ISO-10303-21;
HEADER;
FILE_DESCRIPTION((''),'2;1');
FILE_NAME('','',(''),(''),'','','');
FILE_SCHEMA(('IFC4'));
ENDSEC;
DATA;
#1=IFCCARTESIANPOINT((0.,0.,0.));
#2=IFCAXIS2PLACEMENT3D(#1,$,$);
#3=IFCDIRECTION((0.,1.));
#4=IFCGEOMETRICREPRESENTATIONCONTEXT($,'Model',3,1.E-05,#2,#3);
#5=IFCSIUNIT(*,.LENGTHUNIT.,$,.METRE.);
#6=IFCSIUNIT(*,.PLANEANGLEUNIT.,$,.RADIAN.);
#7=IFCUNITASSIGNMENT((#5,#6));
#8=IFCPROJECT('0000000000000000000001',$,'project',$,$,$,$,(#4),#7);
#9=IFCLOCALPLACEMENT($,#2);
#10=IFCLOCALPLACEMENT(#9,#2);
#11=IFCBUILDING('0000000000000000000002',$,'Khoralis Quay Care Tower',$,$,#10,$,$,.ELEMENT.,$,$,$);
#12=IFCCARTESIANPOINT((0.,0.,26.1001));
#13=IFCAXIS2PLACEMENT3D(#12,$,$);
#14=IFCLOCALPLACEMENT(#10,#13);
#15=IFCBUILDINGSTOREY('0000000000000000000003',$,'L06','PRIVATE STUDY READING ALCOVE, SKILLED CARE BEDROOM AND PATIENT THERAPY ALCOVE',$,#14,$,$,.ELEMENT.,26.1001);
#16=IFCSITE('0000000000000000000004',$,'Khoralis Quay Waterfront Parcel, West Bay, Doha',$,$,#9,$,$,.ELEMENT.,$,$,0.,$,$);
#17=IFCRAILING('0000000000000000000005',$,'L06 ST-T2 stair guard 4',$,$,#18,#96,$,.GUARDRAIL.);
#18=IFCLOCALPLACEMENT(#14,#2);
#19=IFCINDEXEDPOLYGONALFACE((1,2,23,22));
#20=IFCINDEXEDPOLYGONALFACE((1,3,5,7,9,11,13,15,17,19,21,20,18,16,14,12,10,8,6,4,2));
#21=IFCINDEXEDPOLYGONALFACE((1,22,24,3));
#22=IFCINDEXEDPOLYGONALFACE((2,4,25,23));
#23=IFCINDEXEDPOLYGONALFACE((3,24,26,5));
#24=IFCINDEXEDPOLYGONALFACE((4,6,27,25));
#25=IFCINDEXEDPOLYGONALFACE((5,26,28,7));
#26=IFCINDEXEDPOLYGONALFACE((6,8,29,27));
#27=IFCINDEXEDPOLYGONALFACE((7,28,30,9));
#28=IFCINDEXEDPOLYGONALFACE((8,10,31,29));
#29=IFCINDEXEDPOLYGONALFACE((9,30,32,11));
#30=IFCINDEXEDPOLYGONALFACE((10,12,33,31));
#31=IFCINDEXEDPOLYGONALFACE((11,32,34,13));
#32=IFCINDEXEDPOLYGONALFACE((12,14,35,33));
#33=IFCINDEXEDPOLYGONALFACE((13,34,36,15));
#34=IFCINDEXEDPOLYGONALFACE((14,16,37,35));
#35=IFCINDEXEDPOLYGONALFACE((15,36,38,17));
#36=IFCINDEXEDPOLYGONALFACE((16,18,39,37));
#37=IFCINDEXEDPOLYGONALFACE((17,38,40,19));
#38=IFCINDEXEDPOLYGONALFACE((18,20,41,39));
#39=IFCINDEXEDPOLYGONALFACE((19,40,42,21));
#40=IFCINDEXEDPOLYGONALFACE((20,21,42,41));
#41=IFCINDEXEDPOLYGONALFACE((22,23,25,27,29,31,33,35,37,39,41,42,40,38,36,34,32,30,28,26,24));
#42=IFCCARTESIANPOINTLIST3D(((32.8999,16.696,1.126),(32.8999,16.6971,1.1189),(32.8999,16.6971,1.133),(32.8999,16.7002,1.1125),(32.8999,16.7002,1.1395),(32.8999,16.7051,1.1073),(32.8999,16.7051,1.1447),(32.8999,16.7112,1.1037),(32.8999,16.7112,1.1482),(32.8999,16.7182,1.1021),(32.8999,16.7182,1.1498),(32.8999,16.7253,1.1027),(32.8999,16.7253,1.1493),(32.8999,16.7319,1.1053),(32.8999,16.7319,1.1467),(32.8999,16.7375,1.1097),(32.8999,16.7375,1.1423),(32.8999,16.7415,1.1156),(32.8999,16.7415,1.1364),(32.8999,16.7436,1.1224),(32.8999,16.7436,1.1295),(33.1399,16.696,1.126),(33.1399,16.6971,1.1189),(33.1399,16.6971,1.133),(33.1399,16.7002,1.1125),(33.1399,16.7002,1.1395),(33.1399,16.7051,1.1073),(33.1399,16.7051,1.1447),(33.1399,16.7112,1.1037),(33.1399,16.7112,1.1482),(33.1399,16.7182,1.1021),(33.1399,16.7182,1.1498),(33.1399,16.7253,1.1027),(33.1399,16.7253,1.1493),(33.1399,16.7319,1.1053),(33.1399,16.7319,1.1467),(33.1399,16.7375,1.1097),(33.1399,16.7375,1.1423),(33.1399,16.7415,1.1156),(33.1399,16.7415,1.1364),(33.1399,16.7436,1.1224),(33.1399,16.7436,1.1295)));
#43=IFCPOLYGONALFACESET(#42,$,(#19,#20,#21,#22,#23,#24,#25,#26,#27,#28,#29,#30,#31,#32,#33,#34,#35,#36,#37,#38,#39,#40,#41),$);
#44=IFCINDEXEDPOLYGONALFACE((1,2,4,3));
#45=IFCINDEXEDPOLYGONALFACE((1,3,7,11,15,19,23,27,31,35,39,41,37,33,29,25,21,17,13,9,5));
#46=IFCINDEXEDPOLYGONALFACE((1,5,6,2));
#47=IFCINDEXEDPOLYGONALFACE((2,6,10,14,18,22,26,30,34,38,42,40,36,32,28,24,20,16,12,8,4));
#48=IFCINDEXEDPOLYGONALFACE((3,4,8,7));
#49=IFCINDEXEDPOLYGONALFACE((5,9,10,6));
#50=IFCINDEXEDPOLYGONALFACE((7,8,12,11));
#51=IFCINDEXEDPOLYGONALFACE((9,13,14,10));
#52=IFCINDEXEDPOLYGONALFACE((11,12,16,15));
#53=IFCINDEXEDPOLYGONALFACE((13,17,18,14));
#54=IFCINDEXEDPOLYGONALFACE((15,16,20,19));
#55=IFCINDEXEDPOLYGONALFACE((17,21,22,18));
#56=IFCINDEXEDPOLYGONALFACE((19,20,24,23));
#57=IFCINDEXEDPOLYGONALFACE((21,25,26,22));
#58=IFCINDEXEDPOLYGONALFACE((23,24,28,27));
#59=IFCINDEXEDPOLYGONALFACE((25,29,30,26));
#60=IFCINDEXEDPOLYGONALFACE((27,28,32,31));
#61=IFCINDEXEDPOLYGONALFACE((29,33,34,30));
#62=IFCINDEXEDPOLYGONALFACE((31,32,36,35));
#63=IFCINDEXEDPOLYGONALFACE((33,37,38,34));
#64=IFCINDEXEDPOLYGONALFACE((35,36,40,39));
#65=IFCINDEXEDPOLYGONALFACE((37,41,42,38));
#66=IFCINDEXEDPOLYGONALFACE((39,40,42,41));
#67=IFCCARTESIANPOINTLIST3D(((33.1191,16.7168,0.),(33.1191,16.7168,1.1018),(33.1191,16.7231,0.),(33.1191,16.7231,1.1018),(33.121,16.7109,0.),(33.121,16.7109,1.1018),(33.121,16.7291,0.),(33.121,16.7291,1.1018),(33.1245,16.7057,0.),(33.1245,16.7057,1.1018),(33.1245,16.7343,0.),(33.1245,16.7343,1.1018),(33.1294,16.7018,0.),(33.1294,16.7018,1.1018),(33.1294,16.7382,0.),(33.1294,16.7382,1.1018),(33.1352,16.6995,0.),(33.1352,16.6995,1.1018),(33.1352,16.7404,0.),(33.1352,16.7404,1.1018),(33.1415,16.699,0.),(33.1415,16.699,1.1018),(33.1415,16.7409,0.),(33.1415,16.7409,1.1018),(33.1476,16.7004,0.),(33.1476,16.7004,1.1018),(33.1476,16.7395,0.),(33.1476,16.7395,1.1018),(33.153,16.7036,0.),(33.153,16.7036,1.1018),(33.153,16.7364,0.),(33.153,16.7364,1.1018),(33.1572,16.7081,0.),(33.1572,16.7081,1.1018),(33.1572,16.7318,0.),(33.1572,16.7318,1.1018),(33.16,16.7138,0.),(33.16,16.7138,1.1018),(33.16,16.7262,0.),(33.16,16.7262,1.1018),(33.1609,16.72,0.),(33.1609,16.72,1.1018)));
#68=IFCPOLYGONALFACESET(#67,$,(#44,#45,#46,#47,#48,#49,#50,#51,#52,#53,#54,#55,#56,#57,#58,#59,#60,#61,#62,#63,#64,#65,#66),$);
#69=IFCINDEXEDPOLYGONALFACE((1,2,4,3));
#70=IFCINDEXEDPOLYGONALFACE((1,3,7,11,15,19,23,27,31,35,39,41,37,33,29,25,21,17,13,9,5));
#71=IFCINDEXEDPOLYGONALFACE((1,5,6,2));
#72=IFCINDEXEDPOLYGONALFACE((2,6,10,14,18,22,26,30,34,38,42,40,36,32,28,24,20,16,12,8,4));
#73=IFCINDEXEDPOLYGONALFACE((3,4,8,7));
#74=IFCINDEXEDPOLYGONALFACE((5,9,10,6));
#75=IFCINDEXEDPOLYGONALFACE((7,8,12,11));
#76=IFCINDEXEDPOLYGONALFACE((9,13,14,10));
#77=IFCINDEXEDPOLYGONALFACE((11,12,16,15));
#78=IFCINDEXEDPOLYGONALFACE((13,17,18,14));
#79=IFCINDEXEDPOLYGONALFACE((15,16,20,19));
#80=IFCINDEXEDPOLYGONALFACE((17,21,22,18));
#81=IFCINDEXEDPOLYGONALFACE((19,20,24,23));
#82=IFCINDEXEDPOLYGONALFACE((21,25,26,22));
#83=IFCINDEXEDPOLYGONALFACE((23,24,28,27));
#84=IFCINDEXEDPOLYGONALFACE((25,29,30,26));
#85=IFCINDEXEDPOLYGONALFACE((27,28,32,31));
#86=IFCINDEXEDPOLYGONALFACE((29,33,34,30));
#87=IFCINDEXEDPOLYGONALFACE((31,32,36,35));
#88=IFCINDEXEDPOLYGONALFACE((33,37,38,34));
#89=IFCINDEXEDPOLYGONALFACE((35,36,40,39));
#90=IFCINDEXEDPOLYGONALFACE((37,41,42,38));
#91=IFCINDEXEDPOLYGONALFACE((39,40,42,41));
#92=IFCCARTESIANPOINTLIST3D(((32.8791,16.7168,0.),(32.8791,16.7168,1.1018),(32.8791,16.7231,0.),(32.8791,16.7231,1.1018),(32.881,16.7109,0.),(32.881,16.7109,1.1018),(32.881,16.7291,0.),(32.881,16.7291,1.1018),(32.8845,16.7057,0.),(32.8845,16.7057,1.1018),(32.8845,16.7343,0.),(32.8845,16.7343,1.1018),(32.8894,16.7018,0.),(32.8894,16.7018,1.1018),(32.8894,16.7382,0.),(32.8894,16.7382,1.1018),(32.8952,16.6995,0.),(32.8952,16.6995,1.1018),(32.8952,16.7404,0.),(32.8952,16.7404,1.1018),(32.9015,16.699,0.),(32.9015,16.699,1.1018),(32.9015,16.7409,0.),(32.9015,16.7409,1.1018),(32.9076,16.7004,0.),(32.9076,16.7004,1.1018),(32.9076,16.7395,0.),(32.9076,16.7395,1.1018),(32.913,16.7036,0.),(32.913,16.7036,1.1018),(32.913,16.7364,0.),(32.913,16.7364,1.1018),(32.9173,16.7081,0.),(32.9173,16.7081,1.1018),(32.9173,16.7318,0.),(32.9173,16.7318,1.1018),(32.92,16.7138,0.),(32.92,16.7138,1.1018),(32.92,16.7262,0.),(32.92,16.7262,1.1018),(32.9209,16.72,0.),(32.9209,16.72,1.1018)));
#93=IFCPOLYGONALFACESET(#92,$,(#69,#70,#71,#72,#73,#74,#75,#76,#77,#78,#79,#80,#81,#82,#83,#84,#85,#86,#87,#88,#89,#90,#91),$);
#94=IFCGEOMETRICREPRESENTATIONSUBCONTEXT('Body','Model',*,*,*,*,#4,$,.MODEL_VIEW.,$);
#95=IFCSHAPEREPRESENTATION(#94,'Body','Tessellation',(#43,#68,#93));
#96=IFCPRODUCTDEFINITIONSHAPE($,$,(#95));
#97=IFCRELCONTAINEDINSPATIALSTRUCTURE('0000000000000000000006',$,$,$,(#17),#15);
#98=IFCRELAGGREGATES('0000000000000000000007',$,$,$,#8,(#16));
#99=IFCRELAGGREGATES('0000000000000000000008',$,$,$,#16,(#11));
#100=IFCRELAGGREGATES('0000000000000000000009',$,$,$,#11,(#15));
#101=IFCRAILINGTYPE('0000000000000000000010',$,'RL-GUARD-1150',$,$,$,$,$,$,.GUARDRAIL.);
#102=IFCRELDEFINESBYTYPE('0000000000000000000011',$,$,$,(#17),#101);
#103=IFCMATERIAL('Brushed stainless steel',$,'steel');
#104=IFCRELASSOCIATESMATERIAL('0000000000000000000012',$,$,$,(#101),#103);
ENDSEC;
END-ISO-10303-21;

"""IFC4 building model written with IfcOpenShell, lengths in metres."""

from ifc_helpers import new_model, si_unit, direction, frame, origin, origin_2d, place, context, subcontext, project, spatial, circle, extrude, material, type_object, element, save


model = new_model("IFC4")

# Units and contexts
model_context = context("Model", 3, precision=1e-05, world=origin(), true_north=direction((0.0, 1.0)))
body_context = subcontext(model_context, "Body", "Model", "MODEL_VIEW")
ifc_project = project(units=[si_unit("LENGTHUNIT", "METRE"), si_unit("PLANEANGLEUNIT", "RADIAN")], contexts=[model_context])

# Site, building, storey
site_placement = place(None, origin())
site = spatial("IfcSite", under=ifc_project, at=site_placement, Name="Khoralis Quay Waterfront Parcel, West Bay, Doha", CompositionType="ELEMENT", RefElevation=0.0)
building_placement = place(site_placement, origin())
building = spatial("IfcBuilding", under=site, at=building_placement, Name="Khoralis Quay Care Tower", CompositionType="ELEMENT")
storey_placement = place(building_placement, frame((0.0, 0.0, 26.1001)))
storey = spatial("IfcBuildingStorey", under=building, at=storey_placement, Name="L06", Description="PRIVATE STUDY READING ALCOVE, SKILLED CARE BEDROOM AND PATIENT THERAPY ALCOVE", CompositionType="ELEMENT", Elevation=26.1001)

# Shared definitions
ifc_material_1 = material(Name="Brushed stainless steel", Category="steel")

# Railing
railing_type_1 = type_object("IfcRailingType", Name="RL-GUARD-1150", PredefinedType="GUARDRAIL", material=ifc_material_1)
railing_1_placement = place(storey_placement, frame((33.1399, 16.72, 0.0)))
element("IfcRailing", 1, at=railing_1_placement, inside=storey, type_object=railing_type_1, Name="L06 ST-T2 stair guard 4", PredefinedType="GUARDRAIL", context=body_context, shape_type="SweptSolid", body=[
    extrude(circle(Radius=0.0239, at=origin_2d()), frame((0.0, 0.0, 1.126), z_axis=(-1.0, 0.0, 0.0), x_axis=(0.0, -1.0, 0.0)), (0.0, 0.0, 1.0), 0.24),
    extrude(circle(Radius=0.021, at=origin_2d()), origin(), (0.0, 0.0, 1.0), 1.1018),
    extrude(circle(Radius=0.021, at=origin_2d()), frame((-0.24, 0.0, 0.0)), (0.0, 0.0, 1.0), 1.1018),
])

save(model, "model.ifc")
